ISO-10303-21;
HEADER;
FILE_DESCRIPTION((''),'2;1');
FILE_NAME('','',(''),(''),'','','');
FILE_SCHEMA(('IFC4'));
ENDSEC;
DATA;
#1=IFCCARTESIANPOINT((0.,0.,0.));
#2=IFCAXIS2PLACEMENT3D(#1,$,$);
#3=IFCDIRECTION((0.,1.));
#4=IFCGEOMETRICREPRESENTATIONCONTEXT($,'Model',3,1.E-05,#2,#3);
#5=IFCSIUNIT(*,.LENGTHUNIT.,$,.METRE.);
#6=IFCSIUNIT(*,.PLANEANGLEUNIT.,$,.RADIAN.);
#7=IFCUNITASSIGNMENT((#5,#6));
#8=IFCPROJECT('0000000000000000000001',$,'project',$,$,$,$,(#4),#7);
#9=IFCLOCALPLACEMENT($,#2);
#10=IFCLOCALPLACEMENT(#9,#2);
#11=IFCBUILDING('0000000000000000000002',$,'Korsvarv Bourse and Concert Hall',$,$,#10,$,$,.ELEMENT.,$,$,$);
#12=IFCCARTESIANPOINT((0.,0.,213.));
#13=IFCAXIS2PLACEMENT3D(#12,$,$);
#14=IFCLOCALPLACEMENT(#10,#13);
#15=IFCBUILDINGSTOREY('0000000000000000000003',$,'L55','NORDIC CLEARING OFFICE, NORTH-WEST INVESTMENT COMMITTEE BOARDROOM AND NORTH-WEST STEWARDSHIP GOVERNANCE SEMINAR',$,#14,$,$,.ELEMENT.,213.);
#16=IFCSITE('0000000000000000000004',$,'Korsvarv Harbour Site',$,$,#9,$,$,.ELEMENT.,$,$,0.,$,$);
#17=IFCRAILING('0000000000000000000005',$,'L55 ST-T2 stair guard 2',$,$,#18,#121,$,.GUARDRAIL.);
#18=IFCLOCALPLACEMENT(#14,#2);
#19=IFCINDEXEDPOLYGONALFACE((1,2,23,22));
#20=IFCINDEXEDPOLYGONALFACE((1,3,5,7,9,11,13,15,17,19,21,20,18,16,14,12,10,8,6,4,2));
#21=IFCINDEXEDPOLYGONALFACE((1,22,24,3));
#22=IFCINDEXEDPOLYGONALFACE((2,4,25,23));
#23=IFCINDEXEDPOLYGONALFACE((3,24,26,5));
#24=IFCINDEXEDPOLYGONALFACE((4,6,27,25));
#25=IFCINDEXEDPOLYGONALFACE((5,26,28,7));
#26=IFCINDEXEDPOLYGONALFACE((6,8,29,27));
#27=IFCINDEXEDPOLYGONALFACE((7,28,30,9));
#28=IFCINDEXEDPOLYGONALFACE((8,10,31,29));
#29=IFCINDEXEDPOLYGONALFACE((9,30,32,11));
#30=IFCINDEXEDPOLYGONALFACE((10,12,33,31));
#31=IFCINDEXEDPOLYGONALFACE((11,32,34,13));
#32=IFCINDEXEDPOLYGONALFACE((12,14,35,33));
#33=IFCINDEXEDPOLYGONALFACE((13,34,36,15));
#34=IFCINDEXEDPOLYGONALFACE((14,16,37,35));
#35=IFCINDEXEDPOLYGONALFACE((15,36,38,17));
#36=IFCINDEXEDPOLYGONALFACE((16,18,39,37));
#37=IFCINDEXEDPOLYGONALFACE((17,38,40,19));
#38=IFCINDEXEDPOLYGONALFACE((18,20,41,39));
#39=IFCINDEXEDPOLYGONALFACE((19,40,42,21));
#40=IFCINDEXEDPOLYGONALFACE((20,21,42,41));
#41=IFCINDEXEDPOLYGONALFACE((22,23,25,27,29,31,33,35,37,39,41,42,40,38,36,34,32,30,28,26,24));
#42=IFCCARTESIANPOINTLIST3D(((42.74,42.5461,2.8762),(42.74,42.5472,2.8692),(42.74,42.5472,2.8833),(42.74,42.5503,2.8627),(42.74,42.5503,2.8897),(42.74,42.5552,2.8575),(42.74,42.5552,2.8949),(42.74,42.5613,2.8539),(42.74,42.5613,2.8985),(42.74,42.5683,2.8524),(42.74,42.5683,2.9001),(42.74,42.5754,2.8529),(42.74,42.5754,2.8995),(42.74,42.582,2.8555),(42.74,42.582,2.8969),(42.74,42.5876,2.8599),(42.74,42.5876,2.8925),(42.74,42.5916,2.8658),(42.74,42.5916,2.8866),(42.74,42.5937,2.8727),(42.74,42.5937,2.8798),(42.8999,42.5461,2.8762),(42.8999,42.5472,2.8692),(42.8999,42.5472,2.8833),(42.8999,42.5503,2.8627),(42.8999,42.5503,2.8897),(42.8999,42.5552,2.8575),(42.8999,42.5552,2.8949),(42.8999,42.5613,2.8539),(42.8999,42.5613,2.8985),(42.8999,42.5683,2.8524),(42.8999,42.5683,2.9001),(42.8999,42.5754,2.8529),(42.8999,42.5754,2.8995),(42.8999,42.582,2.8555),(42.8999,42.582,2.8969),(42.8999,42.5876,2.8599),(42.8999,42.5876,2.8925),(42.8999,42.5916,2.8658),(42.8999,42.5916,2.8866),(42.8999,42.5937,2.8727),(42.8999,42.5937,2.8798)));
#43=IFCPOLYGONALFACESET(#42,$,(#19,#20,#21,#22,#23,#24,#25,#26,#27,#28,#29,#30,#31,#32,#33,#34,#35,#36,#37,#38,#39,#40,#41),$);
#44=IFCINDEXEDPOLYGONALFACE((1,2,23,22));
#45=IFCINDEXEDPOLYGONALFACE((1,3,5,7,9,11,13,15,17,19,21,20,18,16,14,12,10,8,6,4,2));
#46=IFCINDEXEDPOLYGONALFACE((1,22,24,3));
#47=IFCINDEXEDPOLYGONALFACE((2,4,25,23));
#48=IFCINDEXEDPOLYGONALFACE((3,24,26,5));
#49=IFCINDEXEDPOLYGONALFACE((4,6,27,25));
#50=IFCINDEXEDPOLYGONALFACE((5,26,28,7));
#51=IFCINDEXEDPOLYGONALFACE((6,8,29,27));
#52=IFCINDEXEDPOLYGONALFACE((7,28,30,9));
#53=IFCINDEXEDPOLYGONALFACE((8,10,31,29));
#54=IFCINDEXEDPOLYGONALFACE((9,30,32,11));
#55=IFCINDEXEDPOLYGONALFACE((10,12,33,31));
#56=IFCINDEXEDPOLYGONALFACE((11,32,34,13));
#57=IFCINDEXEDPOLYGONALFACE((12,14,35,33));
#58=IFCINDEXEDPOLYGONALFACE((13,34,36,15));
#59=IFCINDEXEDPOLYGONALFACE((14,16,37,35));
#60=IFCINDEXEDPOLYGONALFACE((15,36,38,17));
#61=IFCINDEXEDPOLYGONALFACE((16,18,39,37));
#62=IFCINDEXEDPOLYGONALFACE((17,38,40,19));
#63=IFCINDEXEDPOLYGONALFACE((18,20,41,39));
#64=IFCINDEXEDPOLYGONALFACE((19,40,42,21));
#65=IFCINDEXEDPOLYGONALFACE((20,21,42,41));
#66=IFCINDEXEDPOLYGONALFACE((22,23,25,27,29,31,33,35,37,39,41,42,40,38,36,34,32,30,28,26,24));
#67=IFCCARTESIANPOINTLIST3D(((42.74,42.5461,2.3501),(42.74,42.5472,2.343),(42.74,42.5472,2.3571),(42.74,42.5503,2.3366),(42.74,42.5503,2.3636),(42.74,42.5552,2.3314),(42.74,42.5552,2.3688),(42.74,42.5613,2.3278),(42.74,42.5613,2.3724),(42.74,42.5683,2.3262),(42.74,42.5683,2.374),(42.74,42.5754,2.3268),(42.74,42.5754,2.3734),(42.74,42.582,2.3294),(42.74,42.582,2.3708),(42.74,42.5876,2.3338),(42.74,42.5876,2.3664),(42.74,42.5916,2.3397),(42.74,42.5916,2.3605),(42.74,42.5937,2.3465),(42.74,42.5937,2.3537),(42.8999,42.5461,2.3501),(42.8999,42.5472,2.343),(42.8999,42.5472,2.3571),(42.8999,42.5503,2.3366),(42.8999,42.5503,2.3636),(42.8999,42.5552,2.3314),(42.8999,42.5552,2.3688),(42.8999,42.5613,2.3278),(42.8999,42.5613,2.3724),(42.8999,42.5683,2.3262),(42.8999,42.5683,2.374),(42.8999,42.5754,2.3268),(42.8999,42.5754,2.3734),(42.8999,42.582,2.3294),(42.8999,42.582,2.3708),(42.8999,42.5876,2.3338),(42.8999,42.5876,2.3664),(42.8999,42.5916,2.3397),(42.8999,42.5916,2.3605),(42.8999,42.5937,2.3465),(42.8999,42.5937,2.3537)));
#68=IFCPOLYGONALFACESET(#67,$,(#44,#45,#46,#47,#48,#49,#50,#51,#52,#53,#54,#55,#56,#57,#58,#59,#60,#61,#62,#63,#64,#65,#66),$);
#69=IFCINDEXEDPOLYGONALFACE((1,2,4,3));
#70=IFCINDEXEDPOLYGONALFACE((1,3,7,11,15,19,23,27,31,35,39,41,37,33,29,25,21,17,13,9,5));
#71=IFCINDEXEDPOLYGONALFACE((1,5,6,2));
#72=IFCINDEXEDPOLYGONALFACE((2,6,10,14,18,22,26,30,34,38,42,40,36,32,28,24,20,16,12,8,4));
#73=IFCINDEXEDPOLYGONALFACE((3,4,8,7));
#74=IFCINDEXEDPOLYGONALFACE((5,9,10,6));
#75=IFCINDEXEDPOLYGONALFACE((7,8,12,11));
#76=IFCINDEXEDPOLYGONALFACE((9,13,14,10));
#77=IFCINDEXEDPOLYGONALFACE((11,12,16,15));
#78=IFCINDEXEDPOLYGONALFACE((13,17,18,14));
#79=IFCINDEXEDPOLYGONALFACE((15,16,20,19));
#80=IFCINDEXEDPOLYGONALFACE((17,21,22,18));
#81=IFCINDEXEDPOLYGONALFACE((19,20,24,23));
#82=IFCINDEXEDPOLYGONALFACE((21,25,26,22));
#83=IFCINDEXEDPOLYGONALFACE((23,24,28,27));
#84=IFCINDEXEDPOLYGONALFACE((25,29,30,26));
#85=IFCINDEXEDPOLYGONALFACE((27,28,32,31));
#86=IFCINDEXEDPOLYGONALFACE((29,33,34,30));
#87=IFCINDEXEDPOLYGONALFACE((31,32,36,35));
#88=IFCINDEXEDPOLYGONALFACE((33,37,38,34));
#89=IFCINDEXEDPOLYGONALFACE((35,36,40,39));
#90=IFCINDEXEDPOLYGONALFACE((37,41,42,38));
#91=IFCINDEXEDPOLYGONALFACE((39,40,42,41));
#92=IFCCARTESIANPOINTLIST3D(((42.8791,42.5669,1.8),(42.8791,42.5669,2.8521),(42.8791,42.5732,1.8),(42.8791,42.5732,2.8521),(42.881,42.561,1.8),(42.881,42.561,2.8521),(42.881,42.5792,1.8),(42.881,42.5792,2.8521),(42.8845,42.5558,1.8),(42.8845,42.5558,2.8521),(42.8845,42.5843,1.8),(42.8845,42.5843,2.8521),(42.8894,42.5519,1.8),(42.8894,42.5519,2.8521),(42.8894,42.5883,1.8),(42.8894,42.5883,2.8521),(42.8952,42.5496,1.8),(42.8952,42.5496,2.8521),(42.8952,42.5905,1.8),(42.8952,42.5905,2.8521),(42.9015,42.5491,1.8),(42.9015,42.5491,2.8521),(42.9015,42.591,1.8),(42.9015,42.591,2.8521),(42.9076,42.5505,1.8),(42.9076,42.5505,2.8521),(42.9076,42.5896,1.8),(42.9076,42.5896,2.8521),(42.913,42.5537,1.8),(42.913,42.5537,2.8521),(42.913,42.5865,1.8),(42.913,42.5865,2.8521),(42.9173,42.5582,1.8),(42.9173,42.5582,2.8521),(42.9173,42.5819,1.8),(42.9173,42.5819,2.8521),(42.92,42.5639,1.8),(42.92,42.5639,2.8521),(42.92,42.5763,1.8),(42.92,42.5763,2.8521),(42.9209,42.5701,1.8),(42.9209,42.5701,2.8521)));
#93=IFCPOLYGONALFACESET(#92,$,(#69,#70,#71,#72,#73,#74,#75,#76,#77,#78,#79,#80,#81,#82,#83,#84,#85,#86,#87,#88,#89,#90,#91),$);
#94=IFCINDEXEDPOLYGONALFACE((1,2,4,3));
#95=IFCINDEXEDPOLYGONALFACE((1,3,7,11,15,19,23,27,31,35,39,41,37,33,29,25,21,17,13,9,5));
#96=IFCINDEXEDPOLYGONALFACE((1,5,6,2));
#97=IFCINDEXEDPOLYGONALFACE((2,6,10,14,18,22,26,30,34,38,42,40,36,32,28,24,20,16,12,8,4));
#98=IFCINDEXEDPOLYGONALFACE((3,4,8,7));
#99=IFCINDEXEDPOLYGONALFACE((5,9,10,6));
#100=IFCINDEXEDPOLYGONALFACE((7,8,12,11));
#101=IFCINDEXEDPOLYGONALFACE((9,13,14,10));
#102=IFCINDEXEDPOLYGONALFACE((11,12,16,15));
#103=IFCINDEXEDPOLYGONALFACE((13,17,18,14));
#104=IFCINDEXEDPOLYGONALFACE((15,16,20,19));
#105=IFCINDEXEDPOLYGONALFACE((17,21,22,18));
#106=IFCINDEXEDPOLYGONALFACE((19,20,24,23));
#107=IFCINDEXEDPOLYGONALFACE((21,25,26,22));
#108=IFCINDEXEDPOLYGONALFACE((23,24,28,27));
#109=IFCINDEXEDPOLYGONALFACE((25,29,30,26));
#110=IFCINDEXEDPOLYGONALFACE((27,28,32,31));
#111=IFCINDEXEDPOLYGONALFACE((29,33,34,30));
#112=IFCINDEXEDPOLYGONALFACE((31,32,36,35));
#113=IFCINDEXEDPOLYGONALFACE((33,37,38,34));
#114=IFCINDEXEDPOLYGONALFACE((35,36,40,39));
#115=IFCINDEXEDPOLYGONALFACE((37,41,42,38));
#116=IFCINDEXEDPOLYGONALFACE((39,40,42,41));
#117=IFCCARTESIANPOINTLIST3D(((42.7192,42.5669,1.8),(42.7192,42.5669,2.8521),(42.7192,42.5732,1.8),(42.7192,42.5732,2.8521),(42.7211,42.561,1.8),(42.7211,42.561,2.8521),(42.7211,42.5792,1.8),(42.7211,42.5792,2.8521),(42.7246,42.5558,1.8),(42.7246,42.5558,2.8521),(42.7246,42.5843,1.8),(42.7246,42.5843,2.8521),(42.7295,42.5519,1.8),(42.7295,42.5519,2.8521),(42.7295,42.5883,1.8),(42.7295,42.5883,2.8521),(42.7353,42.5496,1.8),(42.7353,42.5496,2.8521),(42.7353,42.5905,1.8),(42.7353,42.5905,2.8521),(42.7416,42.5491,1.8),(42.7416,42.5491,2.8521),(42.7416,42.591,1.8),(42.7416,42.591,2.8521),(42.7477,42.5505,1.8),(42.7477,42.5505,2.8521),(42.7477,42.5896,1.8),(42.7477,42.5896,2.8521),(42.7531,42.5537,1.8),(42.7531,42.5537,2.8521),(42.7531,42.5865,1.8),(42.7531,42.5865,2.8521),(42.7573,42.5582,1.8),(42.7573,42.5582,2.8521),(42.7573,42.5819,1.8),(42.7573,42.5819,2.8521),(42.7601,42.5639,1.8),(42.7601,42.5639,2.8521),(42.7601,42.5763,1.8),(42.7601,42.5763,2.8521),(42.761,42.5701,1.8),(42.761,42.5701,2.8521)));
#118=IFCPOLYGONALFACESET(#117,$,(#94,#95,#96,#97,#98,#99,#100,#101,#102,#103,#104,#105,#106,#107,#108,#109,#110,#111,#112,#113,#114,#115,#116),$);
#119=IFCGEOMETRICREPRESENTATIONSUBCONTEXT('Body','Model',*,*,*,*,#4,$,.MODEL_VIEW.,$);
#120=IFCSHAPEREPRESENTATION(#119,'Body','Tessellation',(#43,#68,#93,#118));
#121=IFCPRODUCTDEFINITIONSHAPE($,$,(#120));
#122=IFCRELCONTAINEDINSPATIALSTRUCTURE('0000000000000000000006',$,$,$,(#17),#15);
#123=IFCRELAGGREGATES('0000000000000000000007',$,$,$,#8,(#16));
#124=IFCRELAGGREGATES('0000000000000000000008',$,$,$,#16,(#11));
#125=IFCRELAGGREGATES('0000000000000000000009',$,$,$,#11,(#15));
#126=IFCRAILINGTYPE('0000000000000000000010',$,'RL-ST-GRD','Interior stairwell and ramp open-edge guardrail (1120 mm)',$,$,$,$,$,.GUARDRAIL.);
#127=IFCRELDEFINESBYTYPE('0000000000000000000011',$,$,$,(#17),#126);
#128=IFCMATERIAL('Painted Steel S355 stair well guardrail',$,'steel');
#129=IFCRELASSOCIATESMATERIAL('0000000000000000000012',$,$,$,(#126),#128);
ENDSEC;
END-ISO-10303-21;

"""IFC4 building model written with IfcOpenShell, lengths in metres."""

from ifc_helpers import new_model, si_unit, direction, frame, origin, origin_2d, place, context, subcontext, project, spatial, circle, extrude, material, type_object, element, save


model = new_model("IFC4")

# Units and contexts
model_context = context("Model", 3, precision=1e-05, world=origin(), true_north=direction((0.0, 1.0)))
body_context = subcontext(model_context, "Body", "Model", "MODEL_VIEW")
ifc_project = project(units=[si_unit("LENGTHUNIT", "METRE"), si_unit("PLANEANGLEUNIT", "RADIAN")], contexts=[model_context])

# Site, building, storey
site_placement = place(None, origin())
site = spatial("IfcSite", under=ifc_project, at=site_placement, Name="Korsvarv Harbour Site", CompositionType="ELEMENT", RefElevation=0.0)
building_placement = place(site_placement, origin())
building = spatial("IfcBuilding", under=site, at=building_placement, Name="Korsvarv Bourse and Concert Hall", CompositionType="ELEMENT")
storey_placement = place(building_placement, frame((0.0, 0.0, 213.0)))
storey = spatial("IfcBuildingStorey", under=building, at=storey_placement, Name="L55", Description="NORDIC CLEARING OFFICE, NORTH-WEST INVESTMENT COMMITTEE BOARDROOM AND NORTH-WEST STEWARDSHIP GOVERNANCE SEMINAR", CompositionType="ELEMENT", Elevation=213.0)

# Railing
ifc_material_1 = material(Name="Painted Steel S355 stair well guardrail", Category="steel")
railing_type_1 = type_object("IfcRailingType", Name="RL-ST-GRD", Description="Interior stairwell and ramp open-edge guardrail (1120 mm)", PredefinedType="GUARDRAIL", material=ifc_material_1)
railing_1_placement = place(storey_placement, frame((42.8999, 42.5701, 1.8)))
element("IfcRailing", 1, at=railing_1_placement, inside=storey, type_object=railing_type_1, Name="L55 ST-T2 stair guard 2", PredefinedType="GUARDRAIL", context=body_context, shape_type="SweptSolid", body=[
    extrude(circle(Radius=0.0239, at=origin_2d()), frame((0.0, 0.0, 1.0762), z_axis=(-1.0, 0.0, 0.0), x_axis=(0.0, -1.0, 0.0)), (0.0, 0.0, 1.0), 0.1599),
    extrude(circle(Radius=0.0239, at=origin_2d()), frame((0.0, 0.0, 0.55), z_axis=(-1.0, 0.0, 0.0), x_axis=(0.0, -1.0, 0.0)), (0.0, 0.0, 1.0), 0.1599),
    extrude(circle(Radius=0.021, at=origin_2d()), origin(), (0.0, 0.0, 1.0), 1.052),
    extrude(circle(Radius=0.021, at=origin_2d()), frame((-0.1599, 0.0, 0.0)), (0.0, 0.0, 1.0), 1.052),
])

save(model, "model.ifc")
